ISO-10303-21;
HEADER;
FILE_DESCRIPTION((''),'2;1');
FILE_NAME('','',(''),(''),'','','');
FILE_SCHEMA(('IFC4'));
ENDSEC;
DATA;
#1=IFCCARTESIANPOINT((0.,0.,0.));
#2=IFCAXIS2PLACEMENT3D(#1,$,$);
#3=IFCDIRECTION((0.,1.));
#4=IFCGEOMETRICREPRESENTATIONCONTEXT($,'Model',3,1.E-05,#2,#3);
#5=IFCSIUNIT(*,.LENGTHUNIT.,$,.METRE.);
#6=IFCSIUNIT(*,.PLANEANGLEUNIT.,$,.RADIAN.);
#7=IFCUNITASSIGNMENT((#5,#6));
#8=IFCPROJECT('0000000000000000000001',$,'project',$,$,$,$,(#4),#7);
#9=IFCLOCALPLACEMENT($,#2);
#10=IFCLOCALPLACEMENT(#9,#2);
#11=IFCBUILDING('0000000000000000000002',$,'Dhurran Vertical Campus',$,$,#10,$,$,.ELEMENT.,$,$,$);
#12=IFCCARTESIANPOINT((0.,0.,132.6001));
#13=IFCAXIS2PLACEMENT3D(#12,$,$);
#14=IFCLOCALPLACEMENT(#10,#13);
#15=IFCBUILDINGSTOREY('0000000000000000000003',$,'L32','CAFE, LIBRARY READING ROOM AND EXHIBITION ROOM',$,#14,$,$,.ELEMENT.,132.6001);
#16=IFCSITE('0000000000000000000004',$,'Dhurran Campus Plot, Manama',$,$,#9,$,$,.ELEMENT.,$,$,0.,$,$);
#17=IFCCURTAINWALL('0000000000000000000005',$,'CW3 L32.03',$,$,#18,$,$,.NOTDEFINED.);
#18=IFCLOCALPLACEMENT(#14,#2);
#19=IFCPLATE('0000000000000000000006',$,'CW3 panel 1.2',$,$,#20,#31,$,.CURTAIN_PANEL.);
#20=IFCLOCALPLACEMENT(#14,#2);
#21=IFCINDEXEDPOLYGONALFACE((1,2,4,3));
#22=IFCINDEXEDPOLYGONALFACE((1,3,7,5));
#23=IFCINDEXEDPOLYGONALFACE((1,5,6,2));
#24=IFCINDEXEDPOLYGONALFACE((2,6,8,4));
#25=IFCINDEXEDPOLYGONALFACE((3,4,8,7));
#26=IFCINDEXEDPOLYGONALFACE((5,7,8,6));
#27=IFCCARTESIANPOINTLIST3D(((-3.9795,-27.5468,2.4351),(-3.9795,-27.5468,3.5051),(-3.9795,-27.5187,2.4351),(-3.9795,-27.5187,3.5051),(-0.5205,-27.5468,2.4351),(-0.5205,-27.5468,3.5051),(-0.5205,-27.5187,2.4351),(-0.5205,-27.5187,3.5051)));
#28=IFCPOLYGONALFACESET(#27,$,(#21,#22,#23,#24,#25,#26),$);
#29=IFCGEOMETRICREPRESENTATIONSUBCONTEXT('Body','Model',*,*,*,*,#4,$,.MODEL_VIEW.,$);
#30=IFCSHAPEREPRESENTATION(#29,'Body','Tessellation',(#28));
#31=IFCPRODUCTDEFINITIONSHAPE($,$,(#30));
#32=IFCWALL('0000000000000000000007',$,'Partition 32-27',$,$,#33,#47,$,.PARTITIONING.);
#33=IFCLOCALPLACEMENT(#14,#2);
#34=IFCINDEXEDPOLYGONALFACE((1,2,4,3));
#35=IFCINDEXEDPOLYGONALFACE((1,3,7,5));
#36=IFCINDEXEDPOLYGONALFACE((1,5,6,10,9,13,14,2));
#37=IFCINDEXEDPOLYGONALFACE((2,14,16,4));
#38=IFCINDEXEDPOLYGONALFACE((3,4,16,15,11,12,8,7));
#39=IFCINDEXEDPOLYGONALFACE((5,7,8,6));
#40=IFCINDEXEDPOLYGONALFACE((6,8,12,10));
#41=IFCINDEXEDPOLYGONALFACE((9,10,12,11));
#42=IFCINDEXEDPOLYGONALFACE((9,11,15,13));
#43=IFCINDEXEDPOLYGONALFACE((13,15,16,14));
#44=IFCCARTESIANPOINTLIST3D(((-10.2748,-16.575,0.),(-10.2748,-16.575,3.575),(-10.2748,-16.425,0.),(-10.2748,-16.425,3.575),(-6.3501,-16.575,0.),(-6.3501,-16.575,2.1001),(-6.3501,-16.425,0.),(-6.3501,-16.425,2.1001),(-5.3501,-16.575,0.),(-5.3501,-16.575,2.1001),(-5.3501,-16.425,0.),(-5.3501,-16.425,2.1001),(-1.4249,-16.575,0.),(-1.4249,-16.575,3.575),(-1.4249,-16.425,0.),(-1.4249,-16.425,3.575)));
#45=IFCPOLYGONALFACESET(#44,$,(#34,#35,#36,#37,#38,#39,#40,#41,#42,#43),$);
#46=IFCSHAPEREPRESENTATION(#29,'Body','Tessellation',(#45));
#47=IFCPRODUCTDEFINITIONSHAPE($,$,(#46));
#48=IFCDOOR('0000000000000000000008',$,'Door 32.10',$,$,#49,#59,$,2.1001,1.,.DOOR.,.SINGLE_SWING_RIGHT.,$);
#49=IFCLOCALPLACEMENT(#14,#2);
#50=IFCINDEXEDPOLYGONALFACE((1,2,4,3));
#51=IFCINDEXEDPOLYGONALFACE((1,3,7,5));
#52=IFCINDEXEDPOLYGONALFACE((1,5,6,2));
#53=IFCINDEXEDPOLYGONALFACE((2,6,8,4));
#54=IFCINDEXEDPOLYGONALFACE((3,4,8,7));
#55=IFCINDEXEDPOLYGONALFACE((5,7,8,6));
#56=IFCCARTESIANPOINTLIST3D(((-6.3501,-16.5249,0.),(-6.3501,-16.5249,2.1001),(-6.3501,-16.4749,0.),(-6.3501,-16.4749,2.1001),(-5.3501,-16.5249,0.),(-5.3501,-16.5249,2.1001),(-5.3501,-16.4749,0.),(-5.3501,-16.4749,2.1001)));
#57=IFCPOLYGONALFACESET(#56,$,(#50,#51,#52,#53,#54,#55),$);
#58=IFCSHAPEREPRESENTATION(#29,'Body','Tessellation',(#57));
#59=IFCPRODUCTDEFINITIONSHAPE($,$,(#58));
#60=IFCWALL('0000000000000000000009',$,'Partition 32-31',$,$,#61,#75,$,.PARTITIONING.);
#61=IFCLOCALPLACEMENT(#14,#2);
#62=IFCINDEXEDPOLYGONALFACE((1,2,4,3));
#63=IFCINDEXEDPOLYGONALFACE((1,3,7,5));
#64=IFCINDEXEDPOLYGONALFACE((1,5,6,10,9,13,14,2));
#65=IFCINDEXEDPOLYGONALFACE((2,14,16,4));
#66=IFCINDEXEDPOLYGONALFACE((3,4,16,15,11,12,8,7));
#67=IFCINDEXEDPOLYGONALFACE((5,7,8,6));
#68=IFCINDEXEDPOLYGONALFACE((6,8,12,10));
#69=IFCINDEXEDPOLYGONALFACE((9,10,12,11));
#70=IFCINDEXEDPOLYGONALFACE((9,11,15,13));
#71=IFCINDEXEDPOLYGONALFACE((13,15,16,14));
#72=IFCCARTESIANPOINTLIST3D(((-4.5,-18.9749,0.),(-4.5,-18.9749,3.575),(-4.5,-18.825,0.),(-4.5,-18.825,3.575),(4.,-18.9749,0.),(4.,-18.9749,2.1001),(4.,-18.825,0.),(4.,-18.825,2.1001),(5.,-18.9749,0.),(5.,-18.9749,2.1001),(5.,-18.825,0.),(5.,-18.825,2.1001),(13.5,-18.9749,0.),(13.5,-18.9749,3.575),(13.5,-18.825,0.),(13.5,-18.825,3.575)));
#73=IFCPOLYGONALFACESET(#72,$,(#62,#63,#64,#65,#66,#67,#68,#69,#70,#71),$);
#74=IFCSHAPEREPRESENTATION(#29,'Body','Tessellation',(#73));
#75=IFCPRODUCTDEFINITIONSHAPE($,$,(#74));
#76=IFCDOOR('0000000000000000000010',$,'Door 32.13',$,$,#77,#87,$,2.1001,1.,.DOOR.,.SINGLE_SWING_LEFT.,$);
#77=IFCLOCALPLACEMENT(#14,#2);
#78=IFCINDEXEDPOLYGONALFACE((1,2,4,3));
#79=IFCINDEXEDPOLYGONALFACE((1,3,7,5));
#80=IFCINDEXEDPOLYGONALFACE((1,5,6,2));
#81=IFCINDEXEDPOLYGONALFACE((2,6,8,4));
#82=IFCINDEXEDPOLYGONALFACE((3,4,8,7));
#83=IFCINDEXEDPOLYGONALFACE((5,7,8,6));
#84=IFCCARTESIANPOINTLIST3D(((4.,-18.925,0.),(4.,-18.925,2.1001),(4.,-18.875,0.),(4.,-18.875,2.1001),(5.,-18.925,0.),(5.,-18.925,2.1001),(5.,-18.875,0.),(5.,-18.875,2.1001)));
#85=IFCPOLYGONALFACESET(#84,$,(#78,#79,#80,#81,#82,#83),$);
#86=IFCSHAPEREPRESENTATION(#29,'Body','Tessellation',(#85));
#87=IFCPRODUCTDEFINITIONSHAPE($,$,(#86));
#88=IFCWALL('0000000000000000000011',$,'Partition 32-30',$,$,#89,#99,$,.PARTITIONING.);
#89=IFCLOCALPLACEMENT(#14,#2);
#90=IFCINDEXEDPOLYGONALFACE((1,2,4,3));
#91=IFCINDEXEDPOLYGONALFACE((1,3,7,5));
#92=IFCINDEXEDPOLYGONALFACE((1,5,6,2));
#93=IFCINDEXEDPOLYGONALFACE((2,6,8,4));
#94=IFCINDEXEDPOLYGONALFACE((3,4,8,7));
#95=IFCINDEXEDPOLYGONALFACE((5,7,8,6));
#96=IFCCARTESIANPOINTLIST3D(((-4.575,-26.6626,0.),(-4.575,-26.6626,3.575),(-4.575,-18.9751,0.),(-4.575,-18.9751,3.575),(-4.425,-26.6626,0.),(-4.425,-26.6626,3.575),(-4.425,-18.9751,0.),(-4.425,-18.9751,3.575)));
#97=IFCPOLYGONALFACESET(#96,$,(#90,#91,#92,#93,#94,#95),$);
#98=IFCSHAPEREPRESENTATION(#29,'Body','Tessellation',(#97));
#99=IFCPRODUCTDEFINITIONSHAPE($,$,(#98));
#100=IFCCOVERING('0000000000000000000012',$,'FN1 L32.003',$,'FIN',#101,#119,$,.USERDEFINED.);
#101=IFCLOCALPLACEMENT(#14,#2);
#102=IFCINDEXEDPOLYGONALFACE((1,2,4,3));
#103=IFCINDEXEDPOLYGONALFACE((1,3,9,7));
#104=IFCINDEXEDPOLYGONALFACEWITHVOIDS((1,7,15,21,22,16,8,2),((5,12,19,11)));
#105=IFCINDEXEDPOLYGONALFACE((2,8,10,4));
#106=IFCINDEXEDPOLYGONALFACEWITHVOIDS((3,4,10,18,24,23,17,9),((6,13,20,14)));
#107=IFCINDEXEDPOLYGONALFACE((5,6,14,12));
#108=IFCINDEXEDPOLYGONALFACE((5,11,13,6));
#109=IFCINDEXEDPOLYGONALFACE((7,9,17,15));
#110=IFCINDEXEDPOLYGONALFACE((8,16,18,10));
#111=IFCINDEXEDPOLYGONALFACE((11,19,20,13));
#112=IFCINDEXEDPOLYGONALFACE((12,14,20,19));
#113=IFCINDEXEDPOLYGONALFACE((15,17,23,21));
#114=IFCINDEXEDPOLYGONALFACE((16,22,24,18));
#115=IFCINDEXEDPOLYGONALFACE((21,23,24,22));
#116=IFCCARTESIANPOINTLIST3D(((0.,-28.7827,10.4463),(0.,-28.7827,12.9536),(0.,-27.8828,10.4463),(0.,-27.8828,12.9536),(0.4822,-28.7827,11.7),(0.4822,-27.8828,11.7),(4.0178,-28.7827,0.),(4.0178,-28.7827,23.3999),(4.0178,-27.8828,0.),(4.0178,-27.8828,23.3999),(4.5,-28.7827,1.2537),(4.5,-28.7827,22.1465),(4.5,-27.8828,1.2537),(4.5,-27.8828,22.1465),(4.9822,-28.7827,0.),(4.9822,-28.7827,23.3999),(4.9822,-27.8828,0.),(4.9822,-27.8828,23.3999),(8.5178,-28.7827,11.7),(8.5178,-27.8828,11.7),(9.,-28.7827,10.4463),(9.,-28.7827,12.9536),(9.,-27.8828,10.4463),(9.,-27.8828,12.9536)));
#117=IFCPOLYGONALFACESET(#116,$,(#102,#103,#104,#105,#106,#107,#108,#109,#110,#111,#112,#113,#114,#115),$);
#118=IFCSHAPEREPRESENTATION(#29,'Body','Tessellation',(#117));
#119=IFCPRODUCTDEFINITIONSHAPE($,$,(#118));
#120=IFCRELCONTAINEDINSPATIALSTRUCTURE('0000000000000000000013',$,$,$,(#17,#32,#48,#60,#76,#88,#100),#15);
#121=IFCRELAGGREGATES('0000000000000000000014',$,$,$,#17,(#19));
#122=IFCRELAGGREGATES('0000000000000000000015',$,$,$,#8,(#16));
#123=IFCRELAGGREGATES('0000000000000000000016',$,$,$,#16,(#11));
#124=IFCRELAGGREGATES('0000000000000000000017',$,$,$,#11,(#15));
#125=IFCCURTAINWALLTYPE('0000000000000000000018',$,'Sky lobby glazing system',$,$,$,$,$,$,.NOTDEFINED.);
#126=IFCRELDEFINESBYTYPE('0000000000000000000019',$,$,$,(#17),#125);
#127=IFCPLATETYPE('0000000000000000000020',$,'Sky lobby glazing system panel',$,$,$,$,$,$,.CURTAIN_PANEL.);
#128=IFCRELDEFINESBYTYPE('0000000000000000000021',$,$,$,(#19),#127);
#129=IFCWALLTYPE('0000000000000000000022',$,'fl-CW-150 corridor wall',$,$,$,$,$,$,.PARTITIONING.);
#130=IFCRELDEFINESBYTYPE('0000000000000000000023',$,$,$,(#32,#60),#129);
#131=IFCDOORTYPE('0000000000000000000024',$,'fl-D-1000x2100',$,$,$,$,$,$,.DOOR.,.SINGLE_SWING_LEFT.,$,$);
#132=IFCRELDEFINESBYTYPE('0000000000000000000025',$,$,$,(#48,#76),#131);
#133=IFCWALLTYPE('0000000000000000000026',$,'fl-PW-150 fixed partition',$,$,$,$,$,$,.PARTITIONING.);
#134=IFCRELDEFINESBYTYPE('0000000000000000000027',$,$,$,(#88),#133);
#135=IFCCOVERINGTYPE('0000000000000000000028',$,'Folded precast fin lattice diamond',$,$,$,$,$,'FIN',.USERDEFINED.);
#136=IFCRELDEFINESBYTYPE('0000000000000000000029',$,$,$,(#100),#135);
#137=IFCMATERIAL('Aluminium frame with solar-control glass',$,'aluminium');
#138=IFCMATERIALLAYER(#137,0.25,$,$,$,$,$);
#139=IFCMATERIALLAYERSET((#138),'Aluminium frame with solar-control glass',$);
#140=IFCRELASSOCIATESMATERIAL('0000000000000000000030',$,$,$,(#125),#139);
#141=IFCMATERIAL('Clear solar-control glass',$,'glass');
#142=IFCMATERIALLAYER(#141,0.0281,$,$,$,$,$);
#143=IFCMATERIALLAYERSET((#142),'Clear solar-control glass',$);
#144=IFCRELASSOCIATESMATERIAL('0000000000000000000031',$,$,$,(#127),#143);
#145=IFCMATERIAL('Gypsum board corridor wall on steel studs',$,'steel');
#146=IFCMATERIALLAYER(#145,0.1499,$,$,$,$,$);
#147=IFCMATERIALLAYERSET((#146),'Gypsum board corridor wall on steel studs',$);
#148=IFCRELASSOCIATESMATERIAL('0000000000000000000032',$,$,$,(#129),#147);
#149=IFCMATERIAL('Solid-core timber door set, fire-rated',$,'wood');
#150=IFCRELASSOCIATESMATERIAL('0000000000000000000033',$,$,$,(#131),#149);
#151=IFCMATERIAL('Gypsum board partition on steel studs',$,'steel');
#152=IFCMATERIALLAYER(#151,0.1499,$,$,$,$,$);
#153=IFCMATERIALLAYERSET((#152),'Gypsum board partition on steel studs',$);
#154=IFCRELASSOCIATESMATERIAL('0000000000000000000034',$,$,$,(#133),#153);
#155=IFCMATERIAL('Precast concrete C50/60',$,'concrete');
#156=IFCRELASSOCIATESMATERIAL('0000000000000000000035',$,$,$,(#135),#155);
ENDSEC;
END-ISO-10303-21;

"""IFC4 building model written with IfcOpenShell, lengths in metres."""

from ifc_helpers import new_model, si_unit, direction, frame, frame_2d, origin, origin_2d, place, context, subcontext, project, spatial, polyline, rectangle, outline, extrude, material, layer, layer_set, type_object, element, fill, aggregate, save


model = new_model("IFC4")

# Units and contexts
model_context = context("Model", 3, precision=1e-05, world=origin(), true_north=direction((0.0, 1.0)))
body_context = subcontext(model_context, "Body", "Model", "MODEL_VIEW")
ifc_project = project(units=[si_unit("LENGTHUNIT", "METRE"), si_unit("PLANEANGLEUNIT", "RADIAN")], contexts=[model_context])

# Site, building, storey
site_placement = place(None, origin())
site = spatial("IfcSite", under=ifc_project, at=site_placement, Name="Dhurran Campus Plot, Manama", CompositionType="ELEMENT", RefElevation=0.0)
building_placement = place(site_placement, origin())
building = spatial("IfcBuilding", under=site, at=building_placement, Name="Dhurran Vertical Campus", CompositionType="ELEMENT")
storey_placement = place(building_placement, frame((0.0, 0.0, 132.6001)))
storey = spatial("IfcBuildingStorey", under=building, at=storey_placement, Name="L32", Description="CAFE, LIBRARY READING ROOM AND EXHIBITION ROOM", CompositionType="ELEMENT", Elevation=132.6001)

# Shared definitions
ifc_material_1 = material(Name="Aluminium frame with solar-control glass", Category="aluminium")
ifc_layer_1 = layer(ifc_material_1, 0.25)
ifc_layer_set_1 = layer_set([ifc_layer_1], Name="Aluminium frame with solar-control glass")
curtain_wall_type = type_object("IfcCurtainWallType", Name="Sky lobby glazing system", PredefinedType="NOTDEFINED", material=ifc_layer_set_1)

# Curtain wall
curtain_wall_1_placement = place(storey_placement, origin())
curtain_wall_1 = element("IfcCurtainWall", 1, at=curtain_wall_1_placement, inside=storey, type_object=curtain_wall_type, Name="CW3 L32.03", PredefinedType="NOTDEFINED")

# Plate
ifc_material_2 = material(Name="Clear solar-control glass", Category="glass")
ifc_layer_2 = layer(ifc_material_2, 0.0281)
ifc_layer_set_2 = layer_set([ifc_layer_2], Name="Clear solar-control glass")
plate_type = type_object("IfcPlateType", Name="Sky lobby glazing system panel", PredefinedType="CURTAIN_PANEL", material=ifc_layer_set_2)
plate_1_placement = place(storey_placement, frame((-2.25, -27.5327, 2.4351), z_axis=(0.0, 0.0, 1.0), x_axis=(1.0, 0.0, 0.0)))
plate_1 = element("IfcPlate", 2, at=plate_1_placement, type_object=plate_type, Name="CW3 panel 1.2", PredefinedType="CURTAIN_PANEL", context=body_context, shape_type="SweptSolid", body=[
    extrude(rectangle(XDim=3.459, YDim=0.0281, at=origin_2d()), origin(), (0.0, 0.0, 1.0), 1.0701),
])
aggregate(curtain_wall_1, [plate_1])

# Walls, openings, doors
ifc_material_3 = material(Name="Gypsum board corridor wall on steel studs", Category="steel")
ifc_layer_3 = layer(ifc_material_3, 0.1499)
ifc_layer_set_3 = layer_set([ifc_layer_3], Name="Gypsum board corridor wall on steel studs")
wall_type_1 = type_object("IfcWallType", Name="fl-CW-150 corridor wall", PredefinedType="PARTITIONING", material=ifc_layer_set_3)
wall_1_placement = place(storey_placement, frame((-1.425, -16.5, 0.0), z_axis=(0.0, 0.0, 1.0), x_axis=(-1.0, 0.0, 0.0)))
wall_1 = element("IfcWall", 3, at=wall_1_placement, inside=storey, type_object=wall_type_1, Name="Partition 32-27", PredefinedType="PARTITIONING", context=body_context, shape_type="SweptSolid", body=[
    extrude(rectangle(XDim=8.8499, YDim=0.1499, at=frame_2d((4.4248, 0.0))), origin(), (0.0, 0.0, 1.0), 3.575),
])
opening_1_placement = place(wall_1_placement, frame((3.925, 0.0, 0.0)))
opening_1 = element("IfcOpeningElement", 4, at=opening_1_placement, cuts=wall_1, PredefinedType="OPENING", context=body_context, shape_type="SweptSolid", body=[
    extrude(rectangle(XDim=1.0, YDim=2.1001, at=frame_2d((0.5, 1.05))), frame((0.0, 0.085, 0.0), z_axis=(0.0, -1.0, 0.0), x_axis=(1.0, 0.0, 0.0)), (0.0, 0.0, 1.0), 0.1699),
])
ifc_material_4 = material(Name="Solid-core timber door set, fire-rated", Category="wood")
door_type = type_object("IfcDoorType", Name="fl-D-1000x2100", OperationType="SINGLE_SWING_LEFT", PredefinedType="DOOR", material=ifc_material_4)
door_1_placement = place(opening_1_placement, origin())
door_1 = element("IfcDoor", 5, at=door_1_placement, inside=storey, type_object=door_type, Name="Door 32.10", OperationType="SINGLE_SWING_RIGHT", OverallHeight=2.1001, OverallWidth=1.0, PredefinedType="DOOR", context=body_context, shape_type="SweptSolid", body=[
    extrude(rectangle(XDim=1.0, YDim=2.1001, at=frame_2d((0.5, 1.05))), frame((0.0, 0.0249, 0.0), z_axis=(0.0, -1.0, 0.0), x_axis=(1.0, 0.0, 0.0)), (0.0, 0.0, 1.0), 0.05),
])
fill(opening_1, door_1)
wall_2_placement = place(storey_placement, frame((-4.5, -18.8999, 0.0), z_axis=(0.0, 0.0, 1.0), x_axis=(1.0, 0.0, 0.0)))
wall_2 = element("IfcWall", 6, at=wall_2_placement, inside=storey, type_object=wall_type_1, Name="Partition 32-31", PredefinedType="PARTITIONING", context=body_context, shape_type="SweptSolid", body=[
    extrude(rectangle(XDim=18.0, YDim=0.1499, at=frame_2d((9.0, 0.0))), origin(), (0.0, 0.0, 1.0), 3.575),
])
opening_2_placement = place(wall_2_placement, frame((8.5, 0.0, 0.0)))
opening_2 = element("IfcOpeningElement", 7, at=opening_2_placement, cuts=wall_2, PredefinedType="OPENING", context=body_context, shape_type="SweptSolid", body=[
    extrude(rectangle(XDim=1.0, YDim=2.1001, at=frame_2d((0.5, 1.05))), frame((0.0, 0.085, 0.0), z_axis=(0.0, -1.0, 0.0), x_axis=(1.0, 0.0, 0.0)), (0.0, 0.0, 1.0), 0.1699),
])
door_2_placement = place(opening_2_placement, origin())
door_2 = element("IfcDoor", 8, at=door_2_placement, inside=storey, type_object=door_type, Name="Door 32.13", OperationType="SINGLE_SWING_LEFT", OverallHeight=2.1001, OverallWidth=1.0, PredefinedType="DOOR", context=body_context, shape_type="SweptSolid", body=[
    extrude(rectangle(XDim=1.0, YDim=2.1001, at=frame_2d((0.5, 1.05))), frame((0.0, 0.0249, 0.0), z_axis=(0.0, -1.0, 0.0), x_axis=(1.0, 0.0, 0.0)), (0.0, 0.0, 1.0), 0.05),
])
fill(opening_2, door_2)

# Wall
ifc_material_5 = material(Name="Gypsum board partition on steel studs", Category="steel")
ifc_layer_4 = layer(ifc_material_5, 0.1499)
ifc_layer_set_4 = layer_set([ifc_layer_4], Name="Gypsum board partition on steel studs")
wall_type_2 = type_object("IfcWallType", Name="fl-PW-150 fixed partition", PredefinedType="PARTITIONING", material=ifc_layer_set_4)
wall_3_placement = place(storey_placement, frame((-4.5, -18.9751, 0.0), z_axis=(0.0, 0.0, 1.0), x_axis=(0.0, -1.0, 0.0)))
element("IfcWall", 9, at=wall_3_placement, inside=storey, type_object=wall_type_2, Name="Partition 32-30", PredefinedType="PARTITIONING", context=body_context, shape_type="SweptSolid", body=[
    extrude(rectangle(XDim=7.6875, YDim=0.1499, at=frame_2d((3.8438, 0.0))), origin(), (0.0, 0.0, 1.0), 3.575),
])

# Covering
ifc_material_6 = material(Name="Precast concrete C50/60", Category="concrete")
covering_type = type_object("IfcCoveringType", Name="Folded precast fin lattice diamond", ElementType="FIN", PredefinedType="USERDEFINED", material=ifc_material_6)
covering_placement = place(storey_placement, frame((0.0, -27.8828, 0.0), z_axis=(0.0, -1.0, 0.0), x_axis=(1.0, 0.0, 0.0)))
element("IfcCovering", 10, at=covering_placement, inside=storey, type_object=covering_type, Name="FN1 L32.003", ObjectType="FIN", PredefinedType="USERDEFINED", context=body_context, shape_type="SweptSolid", body=[
    extrude(outline(polyline([(9.0, 12.9536), (9.0, 10.4463), (4.9822, 0.0), (4.0178, 0.0), (0.0, 10.4463), (0.0, 12.9536), (4.0178, 23.3999), (4.9822, 23.3999), (9.0, 12.9536)]), holes=[polyline([(8.5178, 11.7), (4.5, 22.1465), (0.4822, 11.7), (4.5, 1.2537), (8.5178, 11.7)])]), origin(), (0.0, 0.0, 1.0), 0.8999),
])

save(model, "model.ifc")
